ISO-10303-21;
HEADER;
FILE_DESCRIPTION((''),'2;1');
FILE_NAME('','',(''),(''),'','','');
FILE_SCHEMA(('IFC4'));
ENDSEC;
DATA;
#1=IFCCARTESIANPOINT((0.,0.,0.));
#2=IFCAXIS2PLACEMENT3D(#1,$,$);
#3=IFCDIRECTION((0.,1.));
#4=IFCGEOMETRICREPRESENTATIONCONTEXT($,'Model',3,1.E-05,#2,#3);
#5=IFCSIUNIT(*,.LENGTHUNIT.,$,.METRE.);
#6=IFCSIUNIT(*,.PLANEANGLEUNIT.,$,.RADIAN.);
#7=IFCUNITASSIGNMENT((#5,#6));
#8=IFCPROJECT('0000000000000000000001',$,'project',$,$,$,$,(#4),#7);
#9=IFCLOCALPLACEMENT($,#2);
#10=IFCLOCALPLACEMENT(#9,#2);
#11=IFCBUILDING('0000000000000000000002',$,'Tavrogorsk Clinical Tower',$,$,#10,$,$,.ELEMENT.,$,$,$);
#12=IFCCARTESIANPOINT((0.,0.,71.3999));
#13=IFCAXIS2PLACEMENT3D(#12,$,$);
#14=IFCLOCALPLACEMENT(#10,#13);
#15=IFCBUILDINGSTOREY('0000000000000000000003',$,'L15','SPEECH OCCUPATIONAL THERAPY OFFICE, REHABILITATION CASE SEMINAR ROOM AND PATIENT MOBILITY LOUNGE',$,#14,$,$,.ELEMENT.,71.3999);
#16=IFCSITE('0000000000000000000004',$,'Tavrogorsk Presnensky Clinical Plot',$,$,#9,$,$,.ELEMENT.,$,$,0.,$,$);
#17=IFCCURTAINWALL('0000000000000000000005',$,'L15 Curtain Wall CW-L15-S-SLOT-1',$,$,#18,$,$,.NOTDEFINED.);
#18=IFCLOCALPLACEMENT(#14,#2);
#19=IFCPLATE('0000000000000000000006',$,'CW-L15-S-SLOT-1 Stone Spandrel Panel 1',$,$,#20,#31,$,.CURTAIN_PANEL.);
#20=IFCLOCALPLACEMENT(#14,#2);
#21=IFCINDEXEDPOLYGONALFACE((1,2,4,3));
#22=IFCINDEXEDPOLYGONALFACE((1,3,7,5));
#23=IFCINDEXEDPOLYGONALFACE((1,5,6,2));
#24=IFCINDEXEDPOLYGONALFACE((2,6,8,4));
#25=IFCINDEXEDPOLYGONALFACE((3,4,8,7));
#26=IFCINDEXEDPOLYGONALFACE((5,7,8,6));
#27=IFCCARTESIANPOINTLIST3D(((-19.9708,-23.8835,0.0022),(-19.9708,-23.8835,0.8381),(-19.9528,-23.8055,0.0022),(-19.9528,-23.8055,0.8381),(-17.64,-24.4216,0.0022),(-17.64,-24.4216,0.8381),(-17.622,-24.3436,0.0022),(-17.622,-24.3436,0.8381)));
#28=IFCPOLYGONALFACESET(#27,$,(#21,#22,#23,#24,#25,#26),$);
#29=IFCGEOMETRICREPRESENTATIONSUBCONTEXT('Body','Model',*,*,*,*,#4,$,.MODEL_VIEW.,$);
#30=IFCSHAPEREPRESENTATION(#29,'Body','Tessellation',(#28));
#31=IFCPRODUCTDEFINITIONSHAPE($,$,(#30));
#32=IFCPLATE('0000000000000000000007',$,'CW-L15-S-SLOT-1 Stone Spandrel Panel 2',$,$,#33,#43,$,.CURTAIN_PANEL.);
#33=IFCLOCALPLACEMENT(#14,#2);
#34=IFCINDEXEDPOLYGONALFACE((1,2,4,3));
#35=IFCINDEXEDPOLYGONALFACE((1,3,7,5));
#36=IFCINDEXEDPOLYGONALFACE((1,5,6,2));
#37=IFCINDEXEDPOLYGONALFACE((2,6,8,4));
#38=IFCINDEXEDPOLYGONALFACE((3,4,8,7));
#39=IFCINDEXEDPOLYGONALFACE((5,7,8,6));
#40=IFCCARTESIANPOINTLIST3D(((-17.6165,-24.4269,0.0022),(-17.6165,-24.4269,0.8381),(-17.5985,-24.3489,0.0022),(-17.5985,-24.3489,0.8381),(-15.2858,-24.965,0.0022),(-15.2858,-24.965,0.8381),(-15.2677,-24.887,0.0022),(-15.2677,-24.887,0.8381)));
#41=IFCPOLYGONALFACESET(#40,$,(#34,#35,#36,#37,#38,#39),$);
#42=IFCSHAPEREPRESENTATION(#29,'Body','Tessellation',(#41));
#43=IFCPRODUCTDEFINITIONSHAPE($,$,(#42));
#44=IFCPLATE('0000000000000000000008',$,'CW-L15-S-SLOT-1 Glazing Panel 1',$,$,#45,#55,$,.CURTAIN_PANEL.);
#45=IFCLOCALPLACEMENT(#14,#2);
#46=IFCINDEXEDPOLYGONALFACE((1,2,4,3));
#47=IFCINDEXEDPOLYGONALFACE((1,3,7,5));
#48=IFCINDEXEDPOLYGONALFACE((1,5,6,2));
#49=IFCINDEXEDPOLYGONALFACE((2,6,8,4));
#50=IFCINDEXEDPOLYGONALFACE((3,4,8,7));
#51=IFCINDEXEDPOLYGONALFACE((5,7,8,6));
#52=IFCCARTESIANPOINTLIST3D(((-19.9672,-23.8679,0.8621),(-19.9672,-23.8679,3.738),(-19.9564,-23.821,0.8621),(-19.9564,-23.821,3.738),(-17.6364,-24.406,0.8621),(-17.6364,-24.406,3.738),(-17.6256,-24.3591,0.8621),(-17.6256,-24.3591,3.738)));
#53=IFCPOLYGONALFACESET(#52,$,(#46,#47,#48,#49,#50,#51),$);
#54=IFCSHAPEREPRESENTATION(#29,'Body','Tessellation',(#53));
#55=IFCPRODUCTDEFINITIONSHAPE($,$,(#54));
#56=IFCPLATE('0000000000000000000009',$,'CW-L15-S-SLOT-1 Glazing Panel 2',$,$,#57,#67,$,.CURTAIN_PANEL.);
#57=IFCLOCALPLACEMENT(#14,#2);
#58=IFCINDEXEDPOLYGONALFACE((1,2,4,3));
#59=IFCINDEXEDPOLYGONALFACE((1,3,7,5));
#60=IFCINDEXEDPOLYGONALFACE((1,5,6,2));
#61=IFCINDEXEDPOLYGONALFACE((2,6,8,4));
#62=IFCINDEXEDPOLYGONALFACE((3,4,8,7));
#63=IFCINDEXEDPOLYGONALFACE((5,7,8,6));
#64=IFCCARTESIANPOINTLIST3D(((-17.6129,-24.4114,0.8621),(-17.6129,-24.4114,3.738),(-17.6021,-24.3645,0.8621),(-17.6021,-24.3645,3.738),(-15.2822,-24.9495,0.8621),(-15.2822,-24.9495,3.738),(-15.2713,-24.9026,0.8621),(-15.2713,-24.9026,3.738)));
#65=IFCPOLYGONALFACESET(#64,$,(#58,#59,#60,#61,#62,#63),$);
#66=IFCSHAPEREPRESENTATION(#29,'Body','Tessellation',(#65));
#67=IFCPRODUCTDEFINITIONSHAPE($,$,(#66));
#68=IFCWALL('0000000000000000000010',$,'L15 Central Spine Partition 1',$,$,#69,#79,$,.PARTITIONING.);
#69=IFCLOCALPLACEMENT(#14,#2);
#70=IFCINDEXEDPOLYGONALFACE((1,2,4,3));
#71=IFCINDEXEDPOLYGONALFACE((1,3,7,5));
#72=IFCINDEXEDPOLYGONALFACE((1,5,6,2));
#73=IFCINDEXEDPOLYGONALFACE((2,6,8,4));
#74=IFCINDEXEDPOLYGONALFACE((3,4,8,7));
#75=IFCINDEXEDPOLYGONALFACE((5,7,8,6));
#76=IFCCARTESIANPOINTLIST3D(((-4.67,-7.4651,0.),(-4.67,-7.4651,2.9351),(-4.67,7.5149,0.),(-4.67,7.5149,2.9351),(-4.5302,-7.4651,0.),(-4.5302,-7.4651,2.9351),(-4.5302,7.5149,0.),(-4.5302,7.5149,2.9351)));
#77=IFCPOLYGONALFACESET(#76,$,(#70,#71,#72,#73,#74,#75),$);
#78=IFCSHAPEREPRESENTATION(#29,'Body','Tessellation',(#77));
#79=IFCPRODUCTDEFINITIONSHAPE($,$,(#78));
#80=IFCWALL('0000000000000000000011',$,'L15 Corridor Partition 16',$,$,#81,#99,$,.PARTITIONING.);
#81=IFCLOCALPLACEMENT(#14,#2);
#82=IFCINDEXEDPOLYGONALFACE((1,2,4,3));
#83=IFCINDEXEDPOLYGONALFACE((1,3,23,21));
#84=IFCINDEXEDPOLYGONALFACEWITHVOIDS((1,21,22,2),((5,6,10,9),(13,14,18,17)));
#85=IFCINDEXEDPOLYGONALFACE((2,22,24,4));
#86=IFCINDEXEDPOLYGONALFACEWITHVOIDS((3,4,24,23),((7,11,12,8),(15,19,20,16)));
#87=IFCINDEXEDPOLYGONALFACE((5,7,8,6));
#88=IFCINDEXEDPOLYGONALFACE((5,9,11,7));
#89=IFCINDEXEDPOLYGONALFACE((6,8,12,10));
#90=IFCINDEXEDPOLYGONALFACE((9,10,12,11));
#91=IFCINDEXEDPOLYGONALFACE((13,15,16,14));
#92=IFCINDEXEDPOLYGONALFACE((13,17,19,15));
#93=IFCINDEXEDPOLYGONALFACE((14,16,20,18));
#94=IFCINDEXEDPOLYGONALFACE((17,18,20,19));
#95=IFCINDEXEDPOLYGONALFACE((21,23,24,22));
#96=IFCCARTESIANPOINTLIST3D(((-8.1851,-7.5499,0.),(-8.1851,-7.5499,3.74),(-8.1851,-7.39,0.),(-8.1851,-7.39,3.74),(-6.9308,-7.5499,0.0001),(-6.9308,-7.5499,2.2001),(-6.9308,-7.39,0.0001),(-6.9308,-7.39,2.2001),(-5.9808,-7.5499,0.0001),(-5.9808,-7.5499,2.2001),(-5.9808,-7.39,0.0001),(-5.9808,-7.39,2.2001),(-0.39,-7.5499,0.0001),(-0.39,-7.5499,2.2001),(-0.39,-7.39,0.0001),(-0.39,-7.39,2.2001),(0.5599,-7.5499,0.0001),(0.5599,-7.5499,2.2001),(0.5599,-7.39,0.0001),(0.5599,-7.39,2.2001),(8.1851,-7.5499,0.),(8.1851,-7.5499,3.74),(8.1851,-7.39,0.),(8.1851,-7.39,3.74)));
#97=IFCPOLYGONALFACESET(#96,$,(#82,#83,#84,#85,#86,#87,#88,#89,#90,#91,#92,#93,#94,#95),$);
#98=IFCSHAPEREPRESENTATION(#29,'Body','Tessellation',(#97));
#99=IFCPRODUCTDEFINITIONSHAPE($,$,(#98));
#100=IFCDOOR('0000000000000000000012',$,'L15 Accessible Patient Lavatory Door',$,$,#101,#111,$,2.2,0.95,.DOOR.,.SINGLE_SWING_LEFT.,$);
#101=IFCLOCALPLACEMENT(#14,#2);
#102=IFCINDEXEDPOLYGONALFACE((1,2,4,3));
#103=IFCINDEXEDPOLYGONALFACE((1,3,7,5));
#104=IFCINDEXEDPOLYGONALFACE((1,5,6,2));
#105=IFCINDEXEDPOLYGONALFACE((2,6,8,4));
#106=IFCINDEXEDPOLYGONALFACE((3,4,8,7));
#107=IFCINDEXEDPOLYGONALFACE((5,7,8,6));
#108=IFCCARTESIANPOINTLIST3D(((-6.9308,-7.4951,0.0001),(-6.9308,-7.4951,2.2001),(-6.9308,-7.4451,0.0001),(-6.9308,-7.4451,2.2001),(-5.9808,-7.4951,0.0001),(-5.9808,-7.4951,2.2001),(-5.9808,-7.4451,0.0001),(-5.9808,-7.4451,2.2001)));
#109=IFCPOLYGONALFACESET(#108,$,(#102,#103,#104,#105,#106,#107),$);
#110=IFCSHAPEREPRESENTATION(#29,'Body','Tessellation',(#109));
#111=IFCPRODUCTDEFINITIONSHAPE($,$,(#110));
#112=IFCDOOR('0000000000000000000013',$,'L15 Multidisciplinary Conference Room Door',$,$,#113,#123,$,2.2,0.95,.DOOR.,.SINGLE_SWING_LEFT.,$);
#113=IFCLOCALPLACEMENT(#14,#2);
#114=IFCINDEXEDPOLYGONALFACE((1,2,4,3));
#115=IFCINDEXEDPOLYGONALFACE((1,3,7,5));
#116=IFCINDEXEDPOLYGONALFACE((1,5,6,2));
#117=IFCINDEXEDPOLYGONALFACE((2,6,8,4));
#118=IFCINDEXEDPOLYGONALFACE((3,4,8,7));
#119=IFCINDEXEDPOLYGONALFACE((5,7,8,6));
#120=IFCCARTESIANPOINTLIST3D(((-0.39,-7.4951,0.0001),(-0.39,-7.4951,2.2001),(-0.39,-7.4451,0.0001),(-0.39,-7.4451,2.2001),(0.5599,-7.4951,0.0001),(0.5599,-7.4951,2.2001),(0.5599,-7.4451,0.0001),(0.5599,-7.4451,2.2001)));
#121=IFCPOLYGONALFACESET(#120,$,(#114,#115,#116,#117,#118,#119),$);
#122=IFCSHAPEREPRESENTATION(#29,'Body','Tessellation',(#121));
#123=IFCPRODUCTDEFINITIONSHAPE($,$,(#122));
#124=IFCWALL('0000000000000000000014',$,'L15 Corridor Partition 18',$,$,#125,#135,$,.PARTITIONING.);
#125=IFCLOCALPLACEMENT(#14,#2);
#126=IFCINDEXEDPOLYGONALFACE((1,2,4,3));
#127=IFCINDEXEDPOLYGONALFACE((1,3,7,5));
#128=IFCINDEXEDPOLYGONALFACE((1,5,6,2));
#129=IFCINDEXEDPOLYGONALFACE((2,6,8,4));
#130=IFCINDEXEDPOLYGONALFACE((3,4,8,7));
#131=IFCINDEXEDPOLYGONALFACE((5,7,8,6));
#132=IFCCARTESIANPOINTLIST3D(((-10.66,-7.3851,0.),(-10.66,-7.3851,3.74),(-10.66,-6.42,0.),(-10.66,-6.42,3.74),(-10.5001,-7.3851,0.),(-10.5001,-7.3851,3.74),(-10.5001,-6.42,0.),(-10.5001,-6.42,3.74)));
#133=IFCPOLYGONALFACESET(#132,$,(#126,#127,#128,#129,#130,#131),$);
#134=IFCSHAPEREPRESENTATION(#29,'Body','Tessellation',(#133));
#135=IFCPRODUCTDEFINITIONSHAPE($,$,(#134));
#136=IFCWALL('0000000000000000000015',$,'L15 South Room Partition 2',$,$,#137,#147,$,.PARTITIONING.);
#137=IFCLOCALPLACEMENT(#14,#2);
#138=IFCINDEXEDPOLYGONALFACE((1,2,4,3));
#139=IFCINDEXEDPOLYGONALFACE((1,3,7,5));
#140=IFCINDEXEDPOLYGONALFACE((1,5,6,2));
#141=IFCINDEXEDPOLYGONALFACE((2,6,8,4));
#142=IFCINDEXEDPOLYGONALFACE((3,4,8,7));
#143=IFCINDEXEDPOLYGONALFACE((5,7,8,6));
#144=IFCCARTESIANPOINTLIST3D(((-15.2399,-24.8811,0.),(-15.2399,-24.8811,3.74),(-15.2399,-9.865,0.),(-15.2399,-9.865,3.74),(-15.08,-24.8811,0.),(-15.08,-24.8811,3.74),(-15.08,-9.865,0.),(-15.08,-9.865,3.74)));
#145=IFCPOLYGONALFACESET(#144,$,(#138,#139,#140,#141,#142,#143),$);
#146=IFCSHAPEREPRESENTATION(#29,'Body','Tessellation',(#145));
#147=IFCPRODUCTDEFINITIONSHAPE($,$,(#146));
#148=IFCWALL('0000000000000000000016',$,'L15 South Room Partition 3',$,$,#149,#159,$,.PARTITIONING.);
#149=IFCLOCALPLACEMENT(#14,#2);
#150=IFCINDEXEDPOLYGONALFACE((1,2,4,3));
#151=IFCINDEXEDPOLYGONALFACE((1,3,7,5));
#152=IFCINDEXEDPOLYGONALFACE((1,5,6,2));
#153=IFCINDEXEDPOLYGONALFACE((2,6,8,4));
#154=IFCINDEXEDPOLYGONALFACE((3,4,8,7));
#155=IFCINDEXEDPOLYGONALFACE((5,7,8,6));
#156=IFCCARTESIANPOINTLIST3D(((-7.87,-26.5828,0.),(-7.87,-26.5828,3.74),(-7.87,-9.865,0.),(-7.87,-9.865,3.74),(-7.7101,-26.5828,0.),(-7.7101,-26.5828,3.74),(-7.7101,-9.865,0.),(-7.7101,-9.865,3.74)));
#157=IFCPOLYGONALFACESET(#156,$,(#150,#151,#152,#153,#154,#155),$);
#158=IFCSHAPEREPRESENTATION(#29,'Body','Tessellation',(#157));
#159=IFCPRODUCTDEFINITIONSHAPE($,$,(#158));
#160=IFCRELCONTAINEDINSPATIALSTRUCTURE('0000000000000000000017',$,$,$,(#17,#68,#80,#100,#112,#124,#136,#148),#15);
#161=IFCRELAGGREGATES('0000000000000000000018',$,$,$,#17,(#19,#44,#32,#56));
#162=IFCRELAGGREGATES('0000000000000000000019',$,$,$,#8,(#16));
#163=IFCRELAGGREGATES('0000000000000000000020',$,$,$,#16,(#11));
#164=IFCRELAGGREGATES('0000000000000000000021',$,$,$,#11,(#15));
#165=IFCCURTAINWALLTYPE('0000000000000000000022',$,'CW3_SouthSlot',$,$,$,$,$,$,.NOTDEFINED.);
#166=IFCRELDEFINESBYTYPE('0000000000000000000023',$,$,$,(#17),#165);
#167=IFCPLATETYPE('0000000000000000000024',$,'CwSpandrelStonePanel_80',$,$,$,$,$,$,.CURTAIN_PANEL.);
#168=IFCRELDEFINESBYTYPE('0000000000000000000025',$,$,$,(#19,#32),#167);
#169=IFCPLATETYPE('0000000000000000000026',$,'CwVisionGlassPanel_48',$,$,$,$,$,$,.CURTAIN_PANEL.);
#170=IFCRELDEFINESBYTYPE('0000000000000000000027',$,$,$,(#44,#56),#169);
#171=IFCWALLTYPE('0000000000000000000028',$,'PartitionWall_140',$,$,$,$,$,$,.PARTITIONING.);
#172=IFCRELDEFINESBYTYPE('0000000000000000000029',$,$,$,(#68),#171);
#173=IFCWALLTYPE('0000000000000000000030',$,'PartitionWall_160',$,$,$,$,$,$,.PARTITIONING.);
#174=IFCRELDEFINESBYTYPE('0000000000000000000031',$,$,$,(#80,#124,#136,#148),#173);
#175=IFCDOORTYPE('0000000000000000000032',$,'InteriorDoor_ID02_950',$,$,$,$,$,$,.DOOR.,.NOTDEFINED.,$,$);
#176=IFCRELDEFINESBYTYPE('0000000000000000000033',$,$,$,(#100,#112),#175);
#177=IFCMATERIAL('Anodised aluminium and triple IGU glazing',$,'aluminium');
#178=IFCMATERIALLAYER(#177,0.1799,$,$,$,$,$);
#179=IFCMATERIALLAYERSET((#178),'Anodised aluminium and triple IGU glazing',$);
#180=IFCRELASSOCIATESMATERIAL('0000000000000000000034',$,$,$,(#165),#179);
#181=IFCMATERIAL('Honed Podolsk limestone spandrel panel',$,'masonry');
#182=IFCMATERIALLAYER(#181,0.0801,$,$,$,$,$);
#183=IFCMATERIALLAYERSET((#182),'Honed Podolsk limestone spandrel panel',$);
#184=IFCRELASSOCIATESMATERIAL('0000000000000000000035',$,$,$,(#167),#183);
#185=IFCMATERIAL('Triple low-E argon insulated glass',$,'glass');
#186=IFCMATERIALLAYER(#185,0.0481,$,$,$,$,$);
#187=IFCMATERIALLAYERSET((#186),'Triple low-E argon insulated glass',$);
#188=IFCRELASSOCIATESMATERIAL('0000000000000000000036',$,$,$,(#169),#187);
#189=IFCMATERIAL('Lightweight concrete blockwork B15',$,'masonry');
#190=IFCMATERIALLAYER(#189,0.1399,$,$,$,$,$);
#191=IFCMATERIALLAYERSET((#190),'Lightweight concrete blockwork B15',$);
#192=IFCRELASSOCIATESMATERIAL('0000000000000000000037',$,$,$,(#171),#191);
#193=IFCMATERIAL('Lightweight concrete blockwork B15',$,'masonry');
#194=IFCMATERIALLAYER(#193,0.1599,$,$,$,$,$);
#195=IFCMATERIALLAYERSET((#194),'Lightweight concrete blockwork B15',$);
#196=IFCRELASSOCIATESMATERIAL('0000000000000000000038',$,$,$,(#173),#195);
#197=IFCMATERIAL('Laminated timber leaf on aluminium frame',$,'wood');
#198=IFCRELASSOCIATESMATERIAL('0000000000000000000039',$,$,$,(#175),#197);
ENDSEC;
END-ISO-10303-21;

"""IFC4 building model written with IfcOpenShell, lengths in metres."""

from ifc_helpers import new_model, si_unit, direction, frame, frame_2d, origin, origin_2d, place, context, subcontext, project, spatial, rectangle, extrude, material, layer, layer_set, type_object, element, fill, aggregate, save


model = new_model("IFC4")

# Units and contexts
model_context = context("Model", 3, precision=1e-05, world=origin(), true_north=direction((0.0, 1.0)))
body_context = subcontext(model_context, "Body", "Model", "MODEL_VIEW")
ifc_project = project(units=[si_unit("LENGTHUNIT", "METRE"), si_unit("PLANEANGLEUNIT", "RADIAN")], contexts=[model_context])

# Site, building, storey
site_placement = place(None, origin())
site = spatial("IfcSite", under=ifc_project, at=site_placement, Name="Tavrogorsk Presnensky Clinical Plot", CompositionType="ELEMENT", RefElevation=0.0)
building_placement = place(site_placement, origin())
building = spatial("IfcBuilding", under=site, at=building_placement, Name="Tavrogorsk Clinical Tower", CompositionType="ELEMENT")
storey_placement = place(building_placement, frame((0.0, 0.0, 71.3999)))
storey = spatial("IfcBuildingStorey", under=building, at=storey_placement, Name="L15", Description="SPEECH OCCUPATIONAL THERAPY OFFICE, REHABILITATION CASE SEMINAR ROOM AND PATIENT MOBILITY LOUNGE", CompositionType="ELEMENT", Elevation=71.3999)

# Curtain wall
ifc_material_1 = material(Name="Anodised aluminium and triple IGU glazing", Category="aluminium")
ifc_layer_1 = layer(ifc_material_1, 0.1799)
ifc_layer_set_1 = layer_set([ifc_layer_1], Name="Anodised aluminium and triple IGU glazing")
curtain_wall_type = type_object("IfcCurtainWallType", Name="CW3_SouthSlot", PredefinedType="NOTDEFINED", material=ifc_layer_set_1)
curtain_wall_placement = place(storey_placement, origin())
curtain_wall = element("IfcCurtainWall", 1, at=curtain_wall_placement, inside=storey, type_object=curtain_wall_type, Name="L15 Curtain Wall CW-L15-S-SLOT-1", PredefinedType="NOTDEFINED")

# Plates
ifc_material_2 = material(Name="Honed Podolsk limestone spandrel panel", Category="masonry")
ifc_layer_2 = layer(ifc_material_2, 0.0801)
ifc_layer_set_2 = layer_set([ifc_layer_2], Name="Honed Podolsk limestone spandrel panel")
plate_type_1 = type_object("IfcPlateType", Name="CwSpandrelStonePanel_80", PredefinedType="CURTAIN_PANEL", material=ifc_layer_set_2)
plate_1_placement = place(storey_placement, frame((-18.7964, -24.1135, 0.0022), z_axis=(0.0, 0.0, 1.0), x_axis=(0.97437, -0.224951, 0.0)))
plate_1 = element("IfcPlate", 2, at=plate_1_placement, type_object=plate_type_1, Name="CW-L15-S-SLOT-1 Stone Spandrel Panel 1", PredefinedType="CURTAIN_PANEL", context=body_context, shape_type="SweptSolid", body=[
    extrude(rectangle(XDim=2.3921, YDim=0.0801, at=origin_2d()), origin(), (0.0, 0.0, 1.0), 0.8359),
])
plate_2_placement = place(storey_placement, frame((-16.4421, -24.657, 0.0022), z_axis=(0.0, 0.0, 1.0), x_axis=(0.97437, -0.224951, 0.0)))
plate_2 = element("IfcPlate", 3, at=plate_2_placement, type_object=plate_type_1, Name="CW-L15-S-SLOT-1 Stone Spandrel Panel 2", PredefinedType="CURTAIN_PANEL", context=body_context, shape_type="SweptSolid", body=[
    extrude(rectangle(XDim=2.3921, YDim=0.0801, at=origin_2d()), origin(), (0.0, 0.0, 1.0), 0.8359),
])
ifc_material_3 = material(Name="Triple low-E argon insulated glass", Category="glass")
ifc_layer_3 = layer(ifc_material_3, 0.0481)
ifc_layer_set_3 = layer_set([ifc_layer_3], Name="Triple low-E argon insulated glass")
plate_type_2 = type_object("IfcPlateType", Name="CwVisionGlassPanel_48", PredefinedType="CURTAIN_PANEL", material=ifc_layer_set_3)
plate_3_placement = place(storey_placement, frame((-18.7964, -24.1135, 0.8621), z_axis=(0.0, 0.0, 1.0), x_axis=(0.97437, -0.224951, 0.0)))
plate_3 = element("IfcPlate", 4, at=plate_3_placement, type_object=plate_type_2, Name="CW-L15-S-SLOT-1 Glazing Panel 1", PredefinedType="CURTAIN_PANEL", context=body_context, shape_type="SweptSolid", body=[
    extrude(rectangle(XDim=2.3921, YDim=0.0481, at=origin_2d()), origin(), (0.0, 0.0, 1.0), 2.876),
])
plate_4_placement = place(storey_placement, frame((-16.4421, -24.657, 0.8621), z_axis=(0.0, 0.0, 1.0), x_axis=(0.97437, -0.224951, 0.0)))
plate_4 = element("IfcPlate", 5, at=plate_4_placement, type_object=plate_type_2, Name="CW-L15-S-SLOT-1 Glazing Panel 2", PredefinedType="CURTAIN_PANEL", context=body_context, shape_type="SweptSolid", body=[
    extrude(rectangle(XDim=2.3921, YDim=0.0481, at=origin_2d()), origin(), (0.0, 0.0, 1.0), 2.876),
])
aggregate(curtain_wall, [plate_1, plate_3, plate_2, plate_4])

# Wall
ifc_material_4 = material(Name="Lightweight concrete blockwork B15", Category="masonry")
ifc_layer_4 = layer(ifc_material_4, 0.1399)
ifc_layer_set_4 = layer_set([ifc_layer_4], Name="Lightweight concrete blockwork B15")
wall_type_1 = type_object("IfcWallType", Name="PartitionWall_140", PredefinedType="PARTITIONING", material=ifc_layer_set_4)
wall_1_placement = place(storey_placement, frame((-4.6001, -7.4651, 0.0), z_axis=(0.0, 0.0, 1.0), x_axis=(0.0, 1.0, 0.0)))
element("IfcWall", 6, at=wall_1_placement, inside=storey, type_object=wall_type_1, Name="L15 Central Spine Partition 1", PredefinedType="PARTITIONING", context=body_context, shape_type="SweptSolid", body=[
    extrude(rectangle(XDim=14.98, YDim=0.1399, at=frame_2d((7.49, 0.0))), origin(), (0.0, 0.0, 1.0), 2.9351),
])

# Wall, openings, doors
ifc_material_5 = material(Name="Lightweight concrete blockwork B15", Category="masonry")
ifc_layer_5 = layer(ifc_material_5, 0.1599)
ifc_layer_set_5 = layer_set([ifc_layer_5], Name="Lightweight concrete blockwork B15")
wall_type_2 = type_object("IfcWallType", Name="PartitionWall_160", PredefinedType="PARTITIONING", material=ifc_layer_set_5)
wall_2_placement = place(storey_placement, frame((-8.1851, -7.47, 0.0), z_axis=(0.0, 0.0, 1.0), x_axis=(1.0, 0.0, 0.0)))
wall_2 = element("IfcWall", 7, at=wall_2_placement, inside=storey, type_object=wall_type_2, Name="L15 Corridor Partition 16", PredefinedType="PARTITIONING", context=body_context, shape_type="SweptSolid", body=[
    extrude(rectangle(XDim=16.3701, YDim=0.1599, at=frame_2d((8.1851, 0.0))), origin(), (0.0, 0.0, 1.0), 3.74),
])
opening_1_placement = place(wall_2_placement, frame((1.2542, 0.0, 0.0)))
opening_1 = element("IfcOpeningElement", 8, at=opening_1_placement, cuts=wall_2, PredefinedType="OPENING", context=body_context, shape_type="SweptSolid", body=[
    extrude(rectangle(XDim=0.95, YDim=2.2, at=frame_2d((0.4751, 1.1001))), frame((0.0, 0.0898, 0.0), z_axis=(0.0, -1.0, 0.0), x_axis=(1.0, 0.0, 0.0)), (0.0, 0.0, 1.0), 0.1799),
])
opening_2_placement = place(wall_2_placement, frame((7.7949, 0.0, 0.0)))
opening_2 = element("IfcOpeningElement", 9, at=opening_2_placement, cuts=wall_2, PredefinedType="OPENING", context=body_context, shape_type="SweptSolid", body=[
    extrude(rectangle(XDim=0.95, YDim=2.2, at=frame_2d((0.4751, 1.1001))), frame((0.0, 0.0898, 0.0), z_axis=(0.0, -1.0, 0.0), x_axis=(1.0, 0.0, 0.0)), (0.0, 0.0, 1.0), 0.1799),
])
ifc_material_6 = material(Name="Laminated timber leaf on aluminium frame", Category="wood")
door_type = type_object("IfcDoorType", Name="InteriorDoor_ID02_950", OperationType="NOTDEFINED", PredefinedType="DOOR", material=ifc_material_6)
door_1_placement = place(opening_1_placement, origin())
door_1 = element("IfcDoor", 10, at=door_1_placement, inside=storey, type_object=door_type, Name="L15 Accessible Patient Lavatory Door", OperationType="SINGLE_SWING_LEFT", OverallHeight=2.2, OverallWidth=0.95, PredefinedType="DOOR", context=body_context, shape_type="SweptSolid", body=[
    extrude(rectangle(XDim=0.95, YDim=2.2, at=frame_2d((0.4751, 1.1001))), frame((0.0, 0.0249, 0.0), z_axis=(0.0, -1.0, 0.0), x_axis=(1.0, 0.0, 0.0)), (0.0, 0.0, 1.0), 0.05),
])
fill(opening_1, door_1)
door_2_placement = place(opening_2_placement, origin())
door_2 = element("IfcDoor", 11, at=door_2_placement, inside=storey, type_object=door_type, Name="L15 Multidisciplinary Conference Room Door", OperationType="SINGLE_SWING_LEFT", OverallHeight=2.2, OverallWidth=0.95, PredefinedType="DOOR", context=body_context, shape_type="SweptSolid", body=[
    extrude(rectangle(XDim=0.95, YDim=2.2, at=frame_2d((0.4751, 1.1001))), frame((0.0, 0.0249, 0.0), z_axis=(0.0, -1.0, 0.0), x_axis=(1.0, 0.0, 0.0)), (0.0, 0.0, 1.0), 0.05),
])
fill(opening_2, door_2)

# Walls
wall_3_placement = place(storey_placement, frame((-10.5801, -7.385, 0.0), z_axis=(0.0, 0.0, 1.0), x_axis=(0.0, 1.0, 0.0)))
element("IfcWall", 12, at=wall_3_placement, inside=storey, type_object=wall_type_2, Name="L15 Corridor Partition 18", PredefinedType="PARTITIONING", context=body_context, shape_type="SweptSolid", body=[
    extrude(rectangle(XDim=0.9651, YDim=0.1599, at=frame_2d((0.4824, 0.0))), origin(), (0.0, 0.0, 1.0), 3.74),
])
wall_4_placement = place(storey_placement, frame((-15.1599, -24.8811, 0.0), z_axis=(0.0, 0.0, 1.0), x_axis=(0.0, 1.0, 0.0)))
element("IfcWall", 13, at=wall_4_placement, inside=storey, type_object=wall_type_2, Name="L15 South Room Partition 2", PredefinedType="PARTITIONING", context=body_context, shape_type="SweptSolid", body=[
    extrude(rectangle(XDim=15.0161, YDim=0.1599, at=frame_2d((7.5081, 0.0))), origin(), (0.0, 0.0, 1.0), 3.74),
])
wall_5_placement = place(storey_placement, frame((-7.79, -26.5828, 0.0), z_axis=(0.0, 0.0, 1.0), x_axis=(0.0, 1.0, 0.0)))
element("IfcWall", 14, at=wall_5_placement, inside=storey, type_object=wall_type_2, Name="L15 South Room Partition 3", PredefinedType="PARTITIONING", context=body_context, shape_type="SweptSolid", body=[
    extrude(rectangle(XDim=16.7178, YDim=0.1599, at=frame_2d((8.3589, 0.0))), origin(), (0.0, 0.0, 1.0), 3.74),
])

save(model, "model.ifc")
